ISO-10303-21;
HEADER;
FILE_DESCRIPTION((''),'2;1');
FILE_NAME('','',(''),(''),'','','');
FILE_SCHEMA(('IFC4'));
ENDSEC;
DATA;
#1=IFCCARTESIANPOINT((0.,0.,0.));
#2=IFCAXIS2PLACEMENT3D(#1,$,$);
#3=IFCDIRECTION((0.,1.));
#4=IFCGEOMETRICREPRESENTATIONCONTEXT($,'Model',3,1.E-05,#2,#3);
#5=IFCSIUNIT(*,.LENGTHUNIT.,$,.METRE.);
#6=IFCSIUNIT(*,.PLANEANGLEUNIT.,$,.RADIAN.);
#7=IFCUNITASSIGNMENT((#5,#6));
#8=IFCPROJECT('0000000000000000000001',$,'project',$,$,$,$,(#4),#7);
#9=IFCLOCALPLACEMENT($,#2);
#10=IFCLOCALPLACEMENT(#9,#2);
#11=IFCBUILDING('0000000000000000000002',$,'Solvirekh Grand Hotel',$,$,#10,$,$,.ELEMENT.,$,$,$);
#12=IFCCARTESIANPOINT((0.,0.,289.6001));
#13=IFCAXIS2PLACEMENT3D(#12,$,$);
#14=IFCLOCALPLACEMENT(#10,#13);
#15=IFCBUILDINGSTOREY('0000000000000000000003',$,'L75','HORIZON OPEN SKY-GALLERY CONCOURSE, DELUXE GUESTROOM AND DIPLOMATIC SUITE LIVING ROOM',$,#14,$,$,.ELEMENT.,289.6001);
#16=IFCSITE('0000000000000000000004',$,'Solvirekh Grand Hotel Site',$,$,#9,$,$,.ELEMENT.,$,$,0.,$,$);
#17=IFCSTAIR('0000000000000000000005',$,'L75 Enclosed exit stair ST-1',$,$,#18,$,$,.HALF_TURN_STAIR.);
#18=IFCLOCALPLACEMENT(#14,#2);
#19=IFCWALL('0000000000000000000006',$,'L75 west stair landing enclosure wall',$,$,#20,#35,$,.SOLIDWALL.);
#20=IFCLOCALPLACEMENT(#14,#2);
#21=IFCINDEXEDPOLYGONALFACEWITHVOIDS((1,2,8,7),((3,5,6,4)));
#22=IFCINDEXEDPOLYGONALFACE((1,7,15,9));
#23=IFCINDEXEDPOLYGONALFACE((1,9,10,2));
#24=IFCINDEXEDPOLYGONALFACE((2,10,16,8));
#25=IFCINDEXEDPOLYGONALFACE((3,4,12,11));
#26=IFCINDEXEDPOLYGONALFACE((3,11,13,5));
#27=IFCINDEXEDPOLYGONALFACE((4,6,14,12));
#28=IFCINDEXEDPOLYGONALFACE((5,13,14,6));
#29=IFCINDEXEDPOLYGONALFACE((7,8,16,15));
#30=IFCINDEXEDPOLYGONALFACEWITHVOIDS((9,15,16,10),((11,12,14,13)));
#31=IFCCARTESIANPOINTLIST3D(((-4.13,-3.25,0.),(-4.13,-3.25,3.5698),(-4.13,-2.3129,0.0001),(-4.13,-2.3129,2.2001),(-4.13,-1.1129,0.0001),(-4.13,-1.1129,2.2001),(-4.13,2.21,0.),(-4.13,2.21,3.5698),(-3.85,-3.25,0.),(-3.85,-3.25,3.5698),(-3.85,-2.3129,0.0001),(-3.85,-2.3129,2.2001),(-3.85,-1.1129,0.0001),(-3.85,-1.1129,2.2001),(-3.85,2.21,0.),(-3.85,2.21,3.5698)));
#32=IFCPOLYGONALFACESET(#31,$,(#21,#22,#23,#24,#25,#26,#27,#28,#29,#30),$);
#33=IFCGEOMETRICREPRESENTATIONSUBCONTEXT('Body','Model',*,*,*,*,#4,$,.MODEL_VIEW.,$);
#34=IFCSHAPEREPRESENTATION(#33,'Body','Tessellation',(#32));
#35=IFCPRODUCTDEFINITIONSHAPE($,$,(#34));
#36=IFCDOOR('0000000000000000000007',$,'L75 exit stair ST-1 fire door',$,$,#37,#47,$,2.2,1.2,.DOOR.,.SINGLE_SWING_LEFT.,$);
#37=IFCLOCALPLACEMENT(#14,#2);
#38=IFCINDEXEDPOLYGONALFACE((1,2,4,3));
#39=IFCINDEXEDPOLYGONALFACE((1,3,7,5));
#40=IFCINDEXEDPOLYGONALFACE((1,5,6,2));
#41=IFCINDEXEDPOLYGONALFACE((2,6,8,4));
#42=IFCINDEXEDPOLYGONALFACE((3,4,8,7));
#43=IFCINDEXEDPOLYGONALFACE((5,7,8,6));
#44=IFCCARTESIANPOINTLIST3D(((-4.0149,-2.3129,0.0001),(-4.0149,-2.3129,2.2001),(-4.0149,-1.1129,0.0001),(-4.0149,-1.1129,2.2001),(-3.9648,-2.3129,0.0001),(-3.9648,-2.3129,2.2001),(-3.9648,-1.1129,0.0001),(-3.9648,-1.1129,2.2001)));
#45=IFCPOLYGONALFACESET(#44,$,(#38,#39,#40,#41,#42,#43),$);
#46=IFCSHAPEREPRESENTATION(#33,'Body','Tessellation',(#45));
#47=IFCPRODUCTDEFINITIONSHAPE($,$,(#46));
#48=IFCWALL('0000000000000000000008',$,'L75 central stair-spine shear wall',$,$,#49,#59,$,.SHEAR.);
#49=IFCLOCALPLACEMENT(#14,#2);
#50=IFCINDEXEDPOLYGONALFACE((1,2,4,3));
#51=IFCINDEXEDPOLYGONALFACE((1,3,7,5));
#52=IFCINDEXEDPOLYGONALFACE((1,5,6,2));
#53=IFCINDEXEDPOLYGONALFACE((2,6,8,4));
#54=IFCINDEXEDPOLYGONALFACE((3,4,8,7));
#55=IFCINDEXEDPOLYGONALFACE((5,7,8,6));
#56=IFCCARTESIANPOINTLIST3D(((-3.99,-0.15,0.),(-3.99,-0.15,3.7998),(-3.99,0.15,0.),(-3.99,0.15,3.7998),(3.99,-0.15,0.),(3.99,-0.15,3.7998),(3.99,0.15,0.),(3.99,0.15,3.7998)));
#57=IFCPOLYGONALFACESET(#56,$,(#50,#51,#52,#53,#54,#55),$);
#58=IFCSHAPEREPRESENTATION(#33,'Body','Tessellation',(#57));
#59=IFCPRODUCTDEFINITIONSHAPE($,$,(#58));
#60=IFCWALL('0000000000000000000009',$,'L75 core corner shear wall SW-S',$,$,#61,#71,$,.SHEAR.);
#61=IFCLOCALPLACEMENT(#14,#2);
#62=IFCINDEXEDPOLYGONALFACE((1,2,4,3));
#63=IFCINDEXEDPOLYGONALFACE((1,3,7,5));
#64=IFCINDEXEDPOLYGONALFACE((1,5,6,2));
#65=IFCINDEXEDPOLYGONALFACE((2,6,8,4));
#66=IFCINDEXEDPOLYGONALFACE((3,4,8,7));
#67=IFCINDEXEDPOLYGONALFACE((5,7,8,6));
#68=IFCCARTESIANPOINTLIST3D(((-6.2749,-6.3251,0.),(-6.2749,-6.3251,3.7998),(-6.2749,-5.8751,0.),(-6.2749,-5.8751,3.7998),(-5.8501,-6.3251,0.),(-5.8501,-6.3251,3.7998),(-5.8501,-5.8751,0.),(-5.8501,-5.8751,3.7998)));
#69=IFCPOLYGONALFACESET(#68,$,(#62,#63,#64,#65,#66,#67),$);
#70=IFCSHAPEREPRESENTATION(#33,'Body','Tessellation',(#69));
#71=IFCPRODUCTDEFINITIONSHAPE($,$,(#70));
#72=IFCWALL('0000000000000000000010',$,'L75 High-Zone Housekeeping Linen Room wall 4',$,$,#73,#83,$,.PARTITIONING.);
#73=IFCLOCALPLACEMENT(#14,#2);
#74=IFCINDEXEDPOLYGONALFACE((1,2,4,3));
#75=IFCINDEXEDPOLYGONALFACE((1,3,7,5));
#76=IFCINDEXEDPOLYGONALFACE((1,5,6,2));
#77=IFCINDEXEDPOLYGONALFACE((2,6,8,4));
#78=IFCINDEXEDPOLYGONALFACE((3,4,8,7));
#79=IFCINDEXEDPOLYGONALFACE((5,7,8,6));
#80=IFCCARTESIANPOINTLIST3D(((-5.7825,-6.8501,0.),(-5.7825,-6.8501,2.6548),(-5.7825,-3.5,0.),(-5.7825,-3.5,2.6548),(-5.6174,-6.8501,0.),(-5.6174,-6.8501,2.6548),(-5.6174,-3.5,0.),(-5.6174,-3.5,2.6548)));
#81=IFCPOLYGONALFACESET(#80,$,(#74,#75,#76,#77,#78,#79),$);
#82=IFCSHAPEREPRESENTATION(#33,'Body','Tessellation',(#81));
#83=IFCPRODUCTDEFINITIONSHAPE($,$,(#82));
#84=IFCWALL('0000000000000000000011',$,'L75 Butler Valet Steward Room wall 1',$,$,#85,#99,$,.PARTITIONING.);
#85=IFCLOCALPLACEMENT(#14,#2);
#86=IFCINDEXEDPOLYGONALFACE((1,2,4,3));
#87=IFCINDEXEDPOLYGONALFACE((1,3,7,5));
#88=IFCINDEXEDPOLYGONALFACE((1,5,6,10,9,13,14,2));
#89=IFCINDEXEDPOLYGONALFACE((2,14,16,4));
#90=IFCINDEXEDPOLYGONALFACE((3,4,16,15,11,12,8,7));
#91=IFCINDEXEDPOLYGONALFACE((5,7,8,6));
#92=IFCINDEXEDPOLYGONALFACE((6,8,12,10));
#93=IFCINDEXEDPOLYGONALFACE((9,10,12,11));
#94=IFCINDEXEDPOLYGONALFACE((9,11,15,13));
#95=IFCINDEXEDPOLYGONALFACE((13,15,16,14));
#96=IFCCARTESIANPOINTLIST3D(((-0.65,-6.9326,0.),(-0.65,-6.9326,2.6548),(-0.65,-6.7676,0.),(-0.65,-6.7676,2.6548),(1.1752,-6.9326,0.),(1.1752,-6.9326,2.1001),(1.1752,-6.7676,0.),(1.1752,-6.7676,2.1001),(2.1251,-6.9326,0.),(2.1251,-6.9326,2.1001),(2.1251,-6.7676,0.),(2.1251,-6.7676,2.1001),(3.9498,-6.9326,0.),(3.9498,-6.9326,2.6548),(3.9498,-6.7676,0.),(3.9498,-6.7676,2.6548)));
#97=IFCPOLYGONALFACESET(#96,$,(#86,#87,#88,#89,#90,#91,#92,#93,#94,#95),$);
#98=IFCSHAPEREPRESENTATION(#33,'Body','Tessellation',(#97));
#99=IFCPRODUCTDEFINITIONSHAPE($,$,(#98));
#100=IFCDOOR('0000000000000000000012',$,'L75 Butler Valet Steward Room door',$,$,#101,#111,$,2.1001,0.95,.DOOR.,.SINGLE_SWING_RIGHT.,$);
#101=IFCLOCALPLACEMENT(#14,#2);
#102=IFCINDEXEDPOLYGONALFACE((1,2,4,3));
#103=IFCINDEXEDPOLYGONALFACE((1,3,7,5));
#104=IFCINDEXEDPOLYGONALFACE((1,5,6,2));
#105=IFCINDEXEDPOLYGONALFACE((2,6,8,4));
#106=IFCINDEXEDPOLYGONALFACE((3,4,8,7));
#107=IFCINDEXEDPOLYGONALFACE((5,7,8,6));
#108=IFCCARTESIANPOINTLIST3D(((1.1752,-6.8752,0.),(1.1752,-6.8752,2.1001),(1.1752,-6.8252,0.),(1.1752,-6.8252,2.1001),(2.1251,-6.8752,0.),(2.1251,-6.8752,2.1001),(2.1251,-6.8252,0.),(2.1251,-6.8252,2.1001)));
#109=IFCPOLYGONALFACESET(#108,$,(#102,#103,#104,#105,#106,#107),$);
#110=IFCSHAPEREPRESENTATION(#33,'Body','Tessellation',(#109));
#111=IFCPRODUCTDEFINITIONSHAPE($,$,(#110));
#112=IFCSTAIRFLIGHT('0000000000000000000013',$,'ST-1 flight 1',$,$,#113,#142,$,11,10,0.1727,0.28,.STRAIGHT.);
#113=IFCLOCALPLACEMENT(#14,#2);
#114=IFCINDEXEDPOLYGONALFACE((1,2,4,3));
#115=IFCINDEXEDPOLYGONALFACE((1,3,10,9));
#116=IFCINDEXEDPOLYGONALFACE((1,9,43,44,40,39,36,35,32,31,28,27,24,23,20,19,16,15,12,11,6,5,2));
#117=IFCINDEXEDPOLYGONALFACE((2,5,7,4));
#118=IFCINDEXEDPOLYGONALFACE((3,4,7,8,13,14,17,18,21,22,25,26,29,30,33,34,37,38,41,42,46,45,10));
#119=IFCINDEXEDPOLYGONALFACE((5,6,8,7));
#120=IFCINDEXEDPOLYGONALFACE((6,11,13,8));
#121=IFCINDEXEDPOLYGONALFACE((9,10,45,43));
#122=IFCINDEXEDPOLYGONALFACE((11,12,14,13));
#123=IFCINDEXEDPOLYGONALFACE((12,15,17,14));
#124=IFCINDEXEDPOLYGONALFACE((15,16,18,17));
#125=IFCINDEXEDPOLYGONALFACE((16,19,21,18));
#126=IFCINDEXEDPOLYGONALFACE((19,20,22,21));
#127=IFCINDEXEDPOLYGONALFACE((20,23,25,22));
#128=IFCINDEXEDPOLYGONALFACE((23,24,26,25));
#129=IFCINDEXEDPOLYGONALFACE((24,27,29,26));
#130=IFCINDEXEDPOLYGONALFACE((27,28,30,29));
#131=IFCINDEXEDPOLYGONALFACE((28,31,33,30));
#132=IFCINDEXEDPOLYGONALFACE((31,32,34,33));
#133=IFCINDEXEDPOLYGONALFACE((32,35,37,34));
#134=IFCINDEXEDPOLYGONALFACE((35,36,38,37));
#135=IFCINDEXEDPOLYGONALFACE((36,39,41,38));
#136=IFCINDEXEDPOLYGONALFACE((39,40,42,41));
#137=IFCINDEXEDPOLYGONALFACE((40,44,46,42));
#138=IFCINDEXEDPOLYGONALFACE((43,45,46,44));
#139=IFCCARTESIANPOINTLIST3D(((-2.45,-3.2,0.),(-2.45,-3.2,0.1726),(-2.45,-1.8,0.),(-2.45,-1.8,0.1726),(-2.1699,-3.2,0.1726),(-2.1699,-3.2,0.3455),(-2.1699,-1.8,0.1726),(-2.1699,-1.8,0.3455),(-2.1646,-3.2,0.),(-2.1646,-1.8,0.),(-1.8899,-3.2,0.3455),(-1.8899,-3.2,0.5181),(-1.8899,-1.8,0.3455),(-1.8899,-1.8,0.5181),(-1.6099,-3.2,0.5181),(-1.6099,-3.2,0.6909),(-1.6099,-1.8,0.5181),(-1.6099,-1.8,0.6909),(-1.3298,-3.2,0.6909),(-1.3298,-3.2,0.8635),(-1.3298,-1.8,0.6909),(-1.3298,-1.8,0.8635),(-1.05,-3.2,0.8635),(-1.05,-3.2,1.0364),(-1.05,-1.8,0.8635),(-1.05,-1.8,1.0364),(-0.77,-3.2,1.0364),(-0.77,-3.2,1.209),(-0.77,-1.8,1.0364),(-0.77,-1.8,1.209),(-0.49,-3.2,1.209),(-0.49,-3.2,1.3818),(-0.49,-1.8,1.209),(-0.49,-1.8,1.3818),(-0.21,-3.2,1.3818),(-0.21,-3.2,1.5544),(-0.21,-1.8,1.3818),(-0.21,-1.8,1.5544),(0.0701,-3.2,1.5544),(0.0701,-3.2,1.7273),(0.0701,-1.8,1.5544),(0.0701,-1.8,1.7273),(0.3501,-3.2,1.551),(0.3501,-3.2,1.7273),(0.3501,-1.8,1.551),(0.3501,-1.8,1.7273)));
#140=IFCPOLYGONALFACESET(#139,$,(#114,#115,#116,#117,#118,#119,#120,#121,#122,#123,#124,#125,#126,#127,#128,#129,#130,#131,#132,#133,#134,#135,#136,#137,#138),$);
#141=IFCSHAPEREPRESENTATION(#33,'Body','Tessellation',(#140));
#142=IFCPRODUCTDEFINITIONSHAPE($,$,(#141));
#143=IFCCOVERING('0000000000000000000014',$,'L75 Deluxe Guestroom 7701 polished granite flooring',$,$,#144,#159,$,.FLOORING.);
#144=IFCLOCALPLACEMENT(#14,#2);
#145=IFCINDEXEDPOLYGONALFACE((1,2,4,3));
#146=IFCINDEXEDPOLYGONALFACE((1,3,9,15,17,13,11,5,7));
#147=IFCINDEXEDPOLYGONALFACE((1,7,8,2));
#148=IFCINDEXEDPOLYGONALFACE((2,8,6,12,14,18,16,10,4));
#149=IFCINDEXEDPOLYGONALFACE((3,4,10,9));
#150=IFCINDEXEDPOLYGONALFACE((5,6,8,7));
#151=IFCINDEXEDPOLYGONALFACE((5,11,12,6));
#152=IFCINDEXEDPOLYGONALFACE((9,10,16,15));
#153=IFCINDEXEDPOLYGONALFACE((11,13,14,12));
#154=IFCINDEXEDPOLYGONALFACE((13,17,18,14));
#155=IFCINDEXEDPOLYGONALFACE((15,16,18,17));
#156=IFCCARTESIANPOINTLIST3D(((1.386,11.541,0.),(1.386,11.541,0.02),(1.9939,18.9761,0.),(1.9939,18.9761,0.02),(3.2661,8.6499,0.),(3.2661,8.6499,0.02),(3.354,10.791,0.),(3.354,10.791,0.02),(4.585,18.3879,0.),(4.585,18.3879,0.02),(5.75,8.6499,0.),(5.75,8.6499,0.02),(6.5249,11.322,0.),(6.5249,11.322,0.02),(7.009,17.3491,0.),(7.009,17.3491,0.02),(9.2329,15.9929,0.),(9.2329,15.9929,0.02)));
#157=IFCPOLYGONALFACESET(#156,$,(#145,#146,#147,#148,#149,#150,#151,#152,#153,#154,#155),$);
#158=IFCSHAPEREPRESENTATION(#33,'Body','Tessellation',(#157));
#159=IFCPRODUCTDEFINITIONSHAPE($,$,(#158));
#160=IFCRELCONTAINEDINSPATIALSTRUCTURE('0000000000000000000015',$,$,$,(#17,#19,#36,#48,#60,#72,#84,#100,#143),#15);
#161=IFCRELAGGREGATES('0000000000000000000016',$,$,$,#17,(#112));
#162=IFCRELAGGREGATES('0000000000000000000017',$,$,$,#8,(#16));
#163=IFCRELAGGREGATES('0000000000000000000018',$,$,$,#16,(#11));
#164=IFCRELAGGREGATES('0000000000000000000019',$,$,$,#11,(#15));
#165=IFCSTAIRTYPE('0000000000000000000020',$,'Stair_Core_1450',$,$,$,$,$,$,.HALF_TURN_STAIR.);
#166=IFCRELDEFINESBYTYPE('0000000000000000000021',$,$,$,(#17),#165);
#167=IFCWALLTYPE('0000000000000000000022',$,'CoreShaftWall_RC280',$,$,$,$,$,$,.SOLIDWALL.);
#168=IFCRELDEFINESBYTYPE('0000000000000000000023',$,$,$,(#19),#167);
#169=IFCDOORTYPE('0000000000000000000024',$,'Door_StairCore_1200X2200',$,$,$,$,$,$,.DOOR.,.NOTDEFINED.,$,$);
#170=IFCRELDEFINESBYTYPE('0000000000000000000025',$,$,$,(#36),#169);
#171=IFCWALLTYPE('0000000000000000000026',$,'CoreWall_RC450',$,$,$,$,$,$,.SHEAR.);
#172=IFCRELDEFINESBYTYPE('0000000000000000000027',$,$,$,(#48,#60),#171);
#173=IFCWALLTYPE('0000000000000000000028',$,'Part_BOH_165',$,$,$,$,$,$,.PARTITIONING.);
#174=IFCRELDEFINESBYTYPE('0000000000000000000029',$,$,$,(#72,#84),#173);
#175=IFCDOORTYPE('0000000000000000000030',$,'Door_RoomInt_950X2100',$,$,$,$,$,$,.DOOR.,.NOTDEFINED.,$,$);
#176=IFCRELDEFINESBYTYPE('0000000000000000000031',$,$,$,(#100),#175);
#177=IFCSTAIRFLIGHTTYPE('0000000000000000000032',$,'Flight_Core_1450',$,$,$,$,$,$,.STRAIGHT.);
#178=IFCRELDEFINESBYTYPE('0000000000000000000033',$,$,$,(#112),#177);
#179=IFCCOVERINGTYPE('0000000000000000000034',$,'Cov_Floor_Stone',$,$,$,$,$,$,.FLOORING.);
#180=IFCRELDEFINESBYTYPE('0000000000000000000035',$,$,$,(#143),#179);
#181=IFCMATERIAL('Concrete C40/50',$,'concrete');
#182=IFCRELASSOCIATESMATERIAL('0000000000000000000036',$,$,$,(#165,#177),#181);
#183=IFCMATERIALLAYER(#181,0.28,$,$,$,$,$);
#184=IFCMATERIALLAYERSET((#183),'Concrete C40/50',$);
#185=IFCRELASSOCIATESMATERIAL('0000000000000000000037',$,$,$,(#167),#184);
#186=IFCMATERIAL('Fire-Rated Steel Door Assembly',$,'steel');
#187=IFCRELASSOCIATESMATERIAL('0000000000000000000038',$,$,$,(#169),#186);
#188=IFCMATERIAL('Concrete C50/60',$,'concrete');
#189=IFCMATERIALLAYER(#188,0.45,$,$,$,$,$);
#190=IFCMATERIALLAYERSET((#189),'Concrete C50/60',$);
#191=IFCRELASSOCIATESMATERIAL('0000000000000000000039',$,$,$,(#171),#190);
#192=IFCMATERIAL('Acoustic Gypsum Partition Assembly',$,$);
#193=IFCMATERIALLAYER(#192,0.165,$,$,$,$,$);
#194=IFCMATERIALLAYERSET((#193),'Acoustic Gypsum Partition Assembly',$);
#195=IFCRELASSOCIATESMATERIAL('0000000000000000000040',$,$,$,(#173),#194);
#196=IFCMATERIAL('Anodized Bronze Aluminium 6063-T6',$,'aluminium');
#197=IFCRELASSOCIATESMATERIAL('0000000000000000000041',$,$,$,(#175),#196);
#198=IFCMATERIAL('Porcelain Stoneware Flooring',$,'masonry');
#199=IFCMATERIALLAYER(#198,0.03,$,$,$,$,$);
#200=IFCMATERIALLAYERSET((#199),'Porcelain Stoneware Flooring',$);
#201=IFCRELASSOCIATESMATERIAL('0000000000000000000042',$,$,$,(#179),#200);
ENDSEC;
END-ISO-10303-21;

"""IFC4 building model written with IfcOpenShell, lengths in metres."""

from ifc_helpers import new_model, si_unit, direction, frame, frame_2d, origin, place, context, subcontext, project, spatial, polyline, rectangle, outline, extrude, material, layer, layer_set, type_object, element, fill, aggregate, save


model = new_model("IFC4")

# Units and contexts
model_context = context("Model", 3, precision=1e-05, world=origin(), true_north=direction((0.0, 1.0)))
body_context = subcontext(model_context, "Body", "Model", "MODEL_VIEW")
ifc_project = project(units=[si_unit("LENGTHUNIT", "METRE"), si_unit("PLANEANGLEUNIT", "RADIAN")], contexts=[model_context])

# Site, building, storey
site_placement = place(None, origin())
site = spatial("IfcSite", under=ifc_project, at=site_placement, Name="Solvirekh Grand Hotel Site", CompositionType="ELEMENT", RefElevation=0.0)
building_placement = place(site_placement, origin())
building = spatial("IfcBuilding", under=site, at=building_placement, Name="Solvirekh Grand Hotel", CompositionType="ELEMENT")
storey_placement = place(building_placement, frame((0.0, 0.0, 289.6001)))
storey = spatial("IfcBuildingStorey", under=building, at=storey_placement, Name="L75", Description="HORIZON OPEN SKY-GALLERY CONCOURSE, DELUXE GUESTROOM AND DIPLOMATIC SUITE LIVING ROOM", CompositionType="ELEMENT", Elevation=289.6001)

# Shared definitions
ifc_material_1 = material(Name="Concrete C50/60", Category="concrete")

# Stair
ifc_material_2 = material(Name="Concrete C40/50", Category="concrete")
stair_type = type_object("IfcStairType", Name="Stair_Core_1450", PredefinedType="HALF_TURN_STAIR", material=ifc_material_2)
stair_1_placement = place(storey_placement, origin())
stair_1 = element("IfcStair", 1, at=stair_1_placement, inside=storey, type_object=stair_type, Name="L75 Enclosed exit stair ST-1", PredefinedType="HALF_TURN_STAIR")

# Wall, opening, door
ifc_layer_1 = layer(ifc_material_2, 0.28)
ifc_layer_set_1 = layer_set([ifc_layer_1], Name="Concrete C40/50")
wall_type_1 = type_object("IfcWallType", Name="CoreShaftWall_RC280", PredefinedType="SOLIDWALL", material=ifc_layer_set_1)
wall_1_placement = place(storey_placement, frame((-3.99, -3.25, 0.0), z_axis=(0.0, 0.0, 1.0), x_axis=(0.0, 1.0, 0.0)))
wall_1 = element("IfcWall", 2, at=wall_1_placement, inside=storey, type_object=wall_type_1, Name="L75 west stair landing enclosure wall", PredefinedType="SOLIDWALL", context=body_context, shape_type="SweptSolid", body=[
    extrude(rectangle(XDim=5.46, YDim=0.28, at=frame_2d((2.73, 0.0))), origin(), (0.0, 0.0, 1.0), 3.5698),
])
opening_1_placement = place(wall_1_placement, frame((0.937, 0.0, 0.0)))
opening_1 = element("IfcOpeningElement", 3, at=opening_1_placement, cuts=wall_1, PredefinedType="OPENING", context=body_context, shape_type="SweptSolid", body=[
    extrude(rectangle(XDim=1.2, YDim=2.2, at=frame_2d((0.6001, 1.1001))), frame((0.0, 0.1499, 0.0), z_axis=(0.0, -1.0, 0.0), x_axis=(1.0, 0.0, 0.0)), (0.0, 0.0, 1.0), 0.3),
])
ifc_material_3 = material(Name="Fire-Rated Steel Door Assembly", Category="steel")
door_type_1 = type_object("IfcDoorType", Name="Door_StairCore_1200X2200", OperationType="NOTDEFINED", PredefinedType="DOOR", material=ifc_material_3)
door_1_placement = place(opening_1_placement, origin())
door_1 = element("IfcDoor", 4, at=door_1_placement, inside=storey, type_object=door_type_1, Name="L75 exit stair ST-1 fire door", OperationType="SINGLE_SWING_LEFT", OverallHeight=2.2, OverallWidth=1.2, PredefinedType="DOOR", context=body_context, shape_type="SweptSolid", body=[
    extrude(rectangle(XDim=1.2, YDim=2.2, at=frame_2d((0.6001, 1.1001))), frame((0.0, 0.0249, 0.0), z_axis=(0.0, -1.0, 0.0), x_axis=(1.0, 0.0, 0.0)), (0.0, 0.0, 1.0), 0.05),
])
fill(opening_1, door_1)

# Walls
ifc_layer_2 = layer(ifc_material_1, 0.45)
ifc_layer_set_2 = layer_set([ifc_layer_2], Name="Concrete C50/60")
wall_type_2 = type_object("IfcWallType", Name="CoreWall_RC450", PredefinedType="SHEAR", material=ifc_layer_set_2)
wall_2_placement = place(storey_placement, frame((-3.99, 0.0, 0.0), z_axis=(0.0, 0.0, 1.0), x_axis=(1.0, 0.0, 0.0)))
element("IfcWall", 5, at=wall_2_placement, inside=storey, type_object=wall_type_2, Name="L75 central stair-spine shear wall", PredefinedType="SHEAR", context=body_context, shape_type="SweptSolid", body=[
    extrude(rectangle(XDim=7.98, YDim=0.3, at=frame_2d((3.99, 0.0))), origin(), (0.0, 0.0, 1.0), 3.7998),
])
wall_3_placement = place(storey_placement, frame((-6.2749, -6.1001, 0.0), z_axis=(0.0, 0.0, 1.0), x_axis=(1.0, 0.0, 0.0)))
element("IfcWall", 6, at=wall_3_placement, inside=storey, type_object=wall_type_2, Name="L75 core corner shear wall SW-S", PredefinedType="SHEAR", context=body_context, shape_type="SweptSolid", body=[
    extrude(rectangle(XDim=0.4248, YDim=0.45, at=frame_2d((0.2124, 0.0))), origin(), (0.0, 0.0, 1.0), 3.7998),
])
ifc_material_4 = material(Name="Acoustic Gypsum Partition Assembly")
ifc_layer_3 = layer(ifc_material_4, 0.165)
ifc_layer_set_3 = layer_set([ifc_layer_3], Name="Acoustic Gypsum Partition Assembly")
wall_type_3 = type_object("IfcWallType", Name="Part_BOH_165", PredefinedType="PARTITIONING", material=ifc_layer_set_3)
wall_4_placement = place(storey_placement, frame((-5.7, -3.5, 0.0), z_axis=(0.0, 0.0, 1.0), x_axis=(0.0, -1.0, 0.0)))
element("IfcWall", 7, at=wall_4_placement, inside=storey, type_object=wall_type_3, Name="L75 High-Zone Housekeeping Linen Room wall 4", PredefinedType="PARTITIONING", context=body_context, shape_type="SweptSolid", body=[
    extrude(rectangle(XDim=3.3501, YDim=0.165, at=frame_2d((1.675, 0.0))), origin(), (0.0, 0.0, 1.0), 2.6548),
])

# Wall, opening, door
wall_5_placement = place(storey_placement, frame((-0.6499, -6.8501, 0.0), z_axis=(0.0, 0.0, 1.0), x_axis=(1.0, 0.0, 0.0)))
wall_5 = element("IfcWall", 8, at=wall_5_placement, inside=storey, type_object=wall_type_3, Name="L75 Butler Valet Steward Room wall 1", PredefinedType="PARTITIONING", context=body_context, shape_type="SweptSolid", body=[
    extrude(rectangle(XDim=4.5999, YDim=0.165, at=frame_2d((2.2998, 0.0))), origin(), (0.0, 0.0, 1.0), 2.6548),
])
opening_2_placement = place(wall_5_placement, frame((1.825, 0.0, 0.0)))
opening_2 = element("IfcOpeningElement", 9, at=opening_2_placement, cuts=wall_5, PredefinedType="OPENING", context=body_context, shape_type="SweptSolid", body=[
    extrude(rectangle(XDim=0.95, YDim=2.1001, at=frame_2d((0.4751, 1.05))), frame((0.0, 0.0925, 0.0), z_axis=(0.0, -1.0, 0.0), x_axis=(1.0, 0.0, 0.0)), (0.0, 0.0, 1.0), 0.1851),
])
ifc_material_5 = material(Name="Anodized Bronze Aluminium 6063-T6", Category="aluminium")
door_type_2 = type_object("IfcDoorType", Name="Door_RoomInt_950X2100", OperationType="NOTDEFINED", PredefinedType="DOOR", material=ifc_material_5)
door_2_placement = place(opening_2_placement, origin())
door_2 = element("IfcDoor", 10, at=door_2_placement, inside=storey, type_object=door_type_2, Name="L75 Butler Valet Steward Room door", OperationType="SINGLE_SWING_RIGHT", OverallHeight=2.1001, OverallWidth=0.95, PredefinedType="DOOR", context=body_context, shape_type="SweptSolid", body=[
    extrude(rectangle(XDim=0.95, YDim=2.1001, at=frame_2d((0.4751, 1.05))), frame((0.0, 0.0249, 0.0), z_axis=(0.0, -1.0, 0.0), x_axis=(1.0, 0.0, 0.0)), (0.0, 0.0, 1.0), 0.05),
])
fill(opening_2, door_2)

# Stair flight
stair_flight_type = type_object("IfcStairFlightType", Name="Flight_Core_1450", PredefinedType="STRAIGHT", material=ifc_material_2)
stair_flight_placement = place(storey_placement, frame((-2.45, -2.5, 0.0), z_axis=(0.0, 0.0, 1.0), x_axis=(1.0, 0.0, 0.0)))
stair_flight = element("IfcStairFlight", 11, at=stair_flight_placement, type_object=stair_flight_type, Name="ST-1 flight 1", NumberOfRisers=11, NumberOfTreads=10, PredefinedType="STRAIGHT", RiserHeight=0.1727, TreadLength=0.28, context=body_context, shape_type="SweptSolid", body=[
    extrude(outline(polyline([(0.0, 0.0), (0.0, 0.1726), (0.28, 0.1726), (0.28, 0.3455), (0.5601, 0.3455), (0.5601, 0.5181), (0.8401, 0.5181), (0.8401, 0.6909), (1.1201, 0.6909), (1.1201, 0.8635), (1.3999, 0.8635), (1.3999, 1.0364), (1.6799, 1.0364), (1.6799, 1.209), (1.96, 1.209), (1.96, 1.3818), (2.24, 1.3818), (2.24, 1.5544), (2.52, 1.5544), (2.52, 1.7273), (2.8, 1.7273), (2.8, 1.8999), (2.8, 1.551), (0.2854, 0.0), (0.0, 0.0)])), frame((0.0, 0.7, 0.0), z_axis=(0.0, -1.0, 0.0), x_axis=(1.0, 0.0, 0.0)), (0.0, 0.0, 1.0), 1.3999),
])
aggregate(stair_1, [stair_flight])

# Covering
ifc_material_6 = material(Name="Porcelain Stoneware Flooring", Category="masonry")
ifc_layer_4 = layer(ifc_material_6, 0.03)
ifc_layer_set_4 = layer_set([ifc_layer_4], Name="Porcelain Stoneware Flooring")
covering_type = type_object("IfcCoveringType", Name="Cov_Floor_Stone", PredefinedType="FLOORING", material=ifc_layer_set_4)
covering_placement = place(storey_placement, origin())
element("IfcCovering", 12, at=covering_placement, inside=storey, type_object=covering_type, Name="L75 Deluxe Guestroom 7701 polished granite flooring", PredefinedType="FLOORING", context=body_context, shape_type="SweptSolid", body=[
    extrude(outline(polyline([(1.386, 11.541), (3.354, 10.791), (3.2661, 8.6499), (5.75, 8.6499), (6.5249, 11.322), (9.2329, 15.9929), (7.009, 17.3491), (4.585, 18.3879), (1.9939, 18.9761), (1.386, 11.541)])), origin(), (0.0, 0.0, 1.0), 0.02),
])

save(model, "model.ifc")
